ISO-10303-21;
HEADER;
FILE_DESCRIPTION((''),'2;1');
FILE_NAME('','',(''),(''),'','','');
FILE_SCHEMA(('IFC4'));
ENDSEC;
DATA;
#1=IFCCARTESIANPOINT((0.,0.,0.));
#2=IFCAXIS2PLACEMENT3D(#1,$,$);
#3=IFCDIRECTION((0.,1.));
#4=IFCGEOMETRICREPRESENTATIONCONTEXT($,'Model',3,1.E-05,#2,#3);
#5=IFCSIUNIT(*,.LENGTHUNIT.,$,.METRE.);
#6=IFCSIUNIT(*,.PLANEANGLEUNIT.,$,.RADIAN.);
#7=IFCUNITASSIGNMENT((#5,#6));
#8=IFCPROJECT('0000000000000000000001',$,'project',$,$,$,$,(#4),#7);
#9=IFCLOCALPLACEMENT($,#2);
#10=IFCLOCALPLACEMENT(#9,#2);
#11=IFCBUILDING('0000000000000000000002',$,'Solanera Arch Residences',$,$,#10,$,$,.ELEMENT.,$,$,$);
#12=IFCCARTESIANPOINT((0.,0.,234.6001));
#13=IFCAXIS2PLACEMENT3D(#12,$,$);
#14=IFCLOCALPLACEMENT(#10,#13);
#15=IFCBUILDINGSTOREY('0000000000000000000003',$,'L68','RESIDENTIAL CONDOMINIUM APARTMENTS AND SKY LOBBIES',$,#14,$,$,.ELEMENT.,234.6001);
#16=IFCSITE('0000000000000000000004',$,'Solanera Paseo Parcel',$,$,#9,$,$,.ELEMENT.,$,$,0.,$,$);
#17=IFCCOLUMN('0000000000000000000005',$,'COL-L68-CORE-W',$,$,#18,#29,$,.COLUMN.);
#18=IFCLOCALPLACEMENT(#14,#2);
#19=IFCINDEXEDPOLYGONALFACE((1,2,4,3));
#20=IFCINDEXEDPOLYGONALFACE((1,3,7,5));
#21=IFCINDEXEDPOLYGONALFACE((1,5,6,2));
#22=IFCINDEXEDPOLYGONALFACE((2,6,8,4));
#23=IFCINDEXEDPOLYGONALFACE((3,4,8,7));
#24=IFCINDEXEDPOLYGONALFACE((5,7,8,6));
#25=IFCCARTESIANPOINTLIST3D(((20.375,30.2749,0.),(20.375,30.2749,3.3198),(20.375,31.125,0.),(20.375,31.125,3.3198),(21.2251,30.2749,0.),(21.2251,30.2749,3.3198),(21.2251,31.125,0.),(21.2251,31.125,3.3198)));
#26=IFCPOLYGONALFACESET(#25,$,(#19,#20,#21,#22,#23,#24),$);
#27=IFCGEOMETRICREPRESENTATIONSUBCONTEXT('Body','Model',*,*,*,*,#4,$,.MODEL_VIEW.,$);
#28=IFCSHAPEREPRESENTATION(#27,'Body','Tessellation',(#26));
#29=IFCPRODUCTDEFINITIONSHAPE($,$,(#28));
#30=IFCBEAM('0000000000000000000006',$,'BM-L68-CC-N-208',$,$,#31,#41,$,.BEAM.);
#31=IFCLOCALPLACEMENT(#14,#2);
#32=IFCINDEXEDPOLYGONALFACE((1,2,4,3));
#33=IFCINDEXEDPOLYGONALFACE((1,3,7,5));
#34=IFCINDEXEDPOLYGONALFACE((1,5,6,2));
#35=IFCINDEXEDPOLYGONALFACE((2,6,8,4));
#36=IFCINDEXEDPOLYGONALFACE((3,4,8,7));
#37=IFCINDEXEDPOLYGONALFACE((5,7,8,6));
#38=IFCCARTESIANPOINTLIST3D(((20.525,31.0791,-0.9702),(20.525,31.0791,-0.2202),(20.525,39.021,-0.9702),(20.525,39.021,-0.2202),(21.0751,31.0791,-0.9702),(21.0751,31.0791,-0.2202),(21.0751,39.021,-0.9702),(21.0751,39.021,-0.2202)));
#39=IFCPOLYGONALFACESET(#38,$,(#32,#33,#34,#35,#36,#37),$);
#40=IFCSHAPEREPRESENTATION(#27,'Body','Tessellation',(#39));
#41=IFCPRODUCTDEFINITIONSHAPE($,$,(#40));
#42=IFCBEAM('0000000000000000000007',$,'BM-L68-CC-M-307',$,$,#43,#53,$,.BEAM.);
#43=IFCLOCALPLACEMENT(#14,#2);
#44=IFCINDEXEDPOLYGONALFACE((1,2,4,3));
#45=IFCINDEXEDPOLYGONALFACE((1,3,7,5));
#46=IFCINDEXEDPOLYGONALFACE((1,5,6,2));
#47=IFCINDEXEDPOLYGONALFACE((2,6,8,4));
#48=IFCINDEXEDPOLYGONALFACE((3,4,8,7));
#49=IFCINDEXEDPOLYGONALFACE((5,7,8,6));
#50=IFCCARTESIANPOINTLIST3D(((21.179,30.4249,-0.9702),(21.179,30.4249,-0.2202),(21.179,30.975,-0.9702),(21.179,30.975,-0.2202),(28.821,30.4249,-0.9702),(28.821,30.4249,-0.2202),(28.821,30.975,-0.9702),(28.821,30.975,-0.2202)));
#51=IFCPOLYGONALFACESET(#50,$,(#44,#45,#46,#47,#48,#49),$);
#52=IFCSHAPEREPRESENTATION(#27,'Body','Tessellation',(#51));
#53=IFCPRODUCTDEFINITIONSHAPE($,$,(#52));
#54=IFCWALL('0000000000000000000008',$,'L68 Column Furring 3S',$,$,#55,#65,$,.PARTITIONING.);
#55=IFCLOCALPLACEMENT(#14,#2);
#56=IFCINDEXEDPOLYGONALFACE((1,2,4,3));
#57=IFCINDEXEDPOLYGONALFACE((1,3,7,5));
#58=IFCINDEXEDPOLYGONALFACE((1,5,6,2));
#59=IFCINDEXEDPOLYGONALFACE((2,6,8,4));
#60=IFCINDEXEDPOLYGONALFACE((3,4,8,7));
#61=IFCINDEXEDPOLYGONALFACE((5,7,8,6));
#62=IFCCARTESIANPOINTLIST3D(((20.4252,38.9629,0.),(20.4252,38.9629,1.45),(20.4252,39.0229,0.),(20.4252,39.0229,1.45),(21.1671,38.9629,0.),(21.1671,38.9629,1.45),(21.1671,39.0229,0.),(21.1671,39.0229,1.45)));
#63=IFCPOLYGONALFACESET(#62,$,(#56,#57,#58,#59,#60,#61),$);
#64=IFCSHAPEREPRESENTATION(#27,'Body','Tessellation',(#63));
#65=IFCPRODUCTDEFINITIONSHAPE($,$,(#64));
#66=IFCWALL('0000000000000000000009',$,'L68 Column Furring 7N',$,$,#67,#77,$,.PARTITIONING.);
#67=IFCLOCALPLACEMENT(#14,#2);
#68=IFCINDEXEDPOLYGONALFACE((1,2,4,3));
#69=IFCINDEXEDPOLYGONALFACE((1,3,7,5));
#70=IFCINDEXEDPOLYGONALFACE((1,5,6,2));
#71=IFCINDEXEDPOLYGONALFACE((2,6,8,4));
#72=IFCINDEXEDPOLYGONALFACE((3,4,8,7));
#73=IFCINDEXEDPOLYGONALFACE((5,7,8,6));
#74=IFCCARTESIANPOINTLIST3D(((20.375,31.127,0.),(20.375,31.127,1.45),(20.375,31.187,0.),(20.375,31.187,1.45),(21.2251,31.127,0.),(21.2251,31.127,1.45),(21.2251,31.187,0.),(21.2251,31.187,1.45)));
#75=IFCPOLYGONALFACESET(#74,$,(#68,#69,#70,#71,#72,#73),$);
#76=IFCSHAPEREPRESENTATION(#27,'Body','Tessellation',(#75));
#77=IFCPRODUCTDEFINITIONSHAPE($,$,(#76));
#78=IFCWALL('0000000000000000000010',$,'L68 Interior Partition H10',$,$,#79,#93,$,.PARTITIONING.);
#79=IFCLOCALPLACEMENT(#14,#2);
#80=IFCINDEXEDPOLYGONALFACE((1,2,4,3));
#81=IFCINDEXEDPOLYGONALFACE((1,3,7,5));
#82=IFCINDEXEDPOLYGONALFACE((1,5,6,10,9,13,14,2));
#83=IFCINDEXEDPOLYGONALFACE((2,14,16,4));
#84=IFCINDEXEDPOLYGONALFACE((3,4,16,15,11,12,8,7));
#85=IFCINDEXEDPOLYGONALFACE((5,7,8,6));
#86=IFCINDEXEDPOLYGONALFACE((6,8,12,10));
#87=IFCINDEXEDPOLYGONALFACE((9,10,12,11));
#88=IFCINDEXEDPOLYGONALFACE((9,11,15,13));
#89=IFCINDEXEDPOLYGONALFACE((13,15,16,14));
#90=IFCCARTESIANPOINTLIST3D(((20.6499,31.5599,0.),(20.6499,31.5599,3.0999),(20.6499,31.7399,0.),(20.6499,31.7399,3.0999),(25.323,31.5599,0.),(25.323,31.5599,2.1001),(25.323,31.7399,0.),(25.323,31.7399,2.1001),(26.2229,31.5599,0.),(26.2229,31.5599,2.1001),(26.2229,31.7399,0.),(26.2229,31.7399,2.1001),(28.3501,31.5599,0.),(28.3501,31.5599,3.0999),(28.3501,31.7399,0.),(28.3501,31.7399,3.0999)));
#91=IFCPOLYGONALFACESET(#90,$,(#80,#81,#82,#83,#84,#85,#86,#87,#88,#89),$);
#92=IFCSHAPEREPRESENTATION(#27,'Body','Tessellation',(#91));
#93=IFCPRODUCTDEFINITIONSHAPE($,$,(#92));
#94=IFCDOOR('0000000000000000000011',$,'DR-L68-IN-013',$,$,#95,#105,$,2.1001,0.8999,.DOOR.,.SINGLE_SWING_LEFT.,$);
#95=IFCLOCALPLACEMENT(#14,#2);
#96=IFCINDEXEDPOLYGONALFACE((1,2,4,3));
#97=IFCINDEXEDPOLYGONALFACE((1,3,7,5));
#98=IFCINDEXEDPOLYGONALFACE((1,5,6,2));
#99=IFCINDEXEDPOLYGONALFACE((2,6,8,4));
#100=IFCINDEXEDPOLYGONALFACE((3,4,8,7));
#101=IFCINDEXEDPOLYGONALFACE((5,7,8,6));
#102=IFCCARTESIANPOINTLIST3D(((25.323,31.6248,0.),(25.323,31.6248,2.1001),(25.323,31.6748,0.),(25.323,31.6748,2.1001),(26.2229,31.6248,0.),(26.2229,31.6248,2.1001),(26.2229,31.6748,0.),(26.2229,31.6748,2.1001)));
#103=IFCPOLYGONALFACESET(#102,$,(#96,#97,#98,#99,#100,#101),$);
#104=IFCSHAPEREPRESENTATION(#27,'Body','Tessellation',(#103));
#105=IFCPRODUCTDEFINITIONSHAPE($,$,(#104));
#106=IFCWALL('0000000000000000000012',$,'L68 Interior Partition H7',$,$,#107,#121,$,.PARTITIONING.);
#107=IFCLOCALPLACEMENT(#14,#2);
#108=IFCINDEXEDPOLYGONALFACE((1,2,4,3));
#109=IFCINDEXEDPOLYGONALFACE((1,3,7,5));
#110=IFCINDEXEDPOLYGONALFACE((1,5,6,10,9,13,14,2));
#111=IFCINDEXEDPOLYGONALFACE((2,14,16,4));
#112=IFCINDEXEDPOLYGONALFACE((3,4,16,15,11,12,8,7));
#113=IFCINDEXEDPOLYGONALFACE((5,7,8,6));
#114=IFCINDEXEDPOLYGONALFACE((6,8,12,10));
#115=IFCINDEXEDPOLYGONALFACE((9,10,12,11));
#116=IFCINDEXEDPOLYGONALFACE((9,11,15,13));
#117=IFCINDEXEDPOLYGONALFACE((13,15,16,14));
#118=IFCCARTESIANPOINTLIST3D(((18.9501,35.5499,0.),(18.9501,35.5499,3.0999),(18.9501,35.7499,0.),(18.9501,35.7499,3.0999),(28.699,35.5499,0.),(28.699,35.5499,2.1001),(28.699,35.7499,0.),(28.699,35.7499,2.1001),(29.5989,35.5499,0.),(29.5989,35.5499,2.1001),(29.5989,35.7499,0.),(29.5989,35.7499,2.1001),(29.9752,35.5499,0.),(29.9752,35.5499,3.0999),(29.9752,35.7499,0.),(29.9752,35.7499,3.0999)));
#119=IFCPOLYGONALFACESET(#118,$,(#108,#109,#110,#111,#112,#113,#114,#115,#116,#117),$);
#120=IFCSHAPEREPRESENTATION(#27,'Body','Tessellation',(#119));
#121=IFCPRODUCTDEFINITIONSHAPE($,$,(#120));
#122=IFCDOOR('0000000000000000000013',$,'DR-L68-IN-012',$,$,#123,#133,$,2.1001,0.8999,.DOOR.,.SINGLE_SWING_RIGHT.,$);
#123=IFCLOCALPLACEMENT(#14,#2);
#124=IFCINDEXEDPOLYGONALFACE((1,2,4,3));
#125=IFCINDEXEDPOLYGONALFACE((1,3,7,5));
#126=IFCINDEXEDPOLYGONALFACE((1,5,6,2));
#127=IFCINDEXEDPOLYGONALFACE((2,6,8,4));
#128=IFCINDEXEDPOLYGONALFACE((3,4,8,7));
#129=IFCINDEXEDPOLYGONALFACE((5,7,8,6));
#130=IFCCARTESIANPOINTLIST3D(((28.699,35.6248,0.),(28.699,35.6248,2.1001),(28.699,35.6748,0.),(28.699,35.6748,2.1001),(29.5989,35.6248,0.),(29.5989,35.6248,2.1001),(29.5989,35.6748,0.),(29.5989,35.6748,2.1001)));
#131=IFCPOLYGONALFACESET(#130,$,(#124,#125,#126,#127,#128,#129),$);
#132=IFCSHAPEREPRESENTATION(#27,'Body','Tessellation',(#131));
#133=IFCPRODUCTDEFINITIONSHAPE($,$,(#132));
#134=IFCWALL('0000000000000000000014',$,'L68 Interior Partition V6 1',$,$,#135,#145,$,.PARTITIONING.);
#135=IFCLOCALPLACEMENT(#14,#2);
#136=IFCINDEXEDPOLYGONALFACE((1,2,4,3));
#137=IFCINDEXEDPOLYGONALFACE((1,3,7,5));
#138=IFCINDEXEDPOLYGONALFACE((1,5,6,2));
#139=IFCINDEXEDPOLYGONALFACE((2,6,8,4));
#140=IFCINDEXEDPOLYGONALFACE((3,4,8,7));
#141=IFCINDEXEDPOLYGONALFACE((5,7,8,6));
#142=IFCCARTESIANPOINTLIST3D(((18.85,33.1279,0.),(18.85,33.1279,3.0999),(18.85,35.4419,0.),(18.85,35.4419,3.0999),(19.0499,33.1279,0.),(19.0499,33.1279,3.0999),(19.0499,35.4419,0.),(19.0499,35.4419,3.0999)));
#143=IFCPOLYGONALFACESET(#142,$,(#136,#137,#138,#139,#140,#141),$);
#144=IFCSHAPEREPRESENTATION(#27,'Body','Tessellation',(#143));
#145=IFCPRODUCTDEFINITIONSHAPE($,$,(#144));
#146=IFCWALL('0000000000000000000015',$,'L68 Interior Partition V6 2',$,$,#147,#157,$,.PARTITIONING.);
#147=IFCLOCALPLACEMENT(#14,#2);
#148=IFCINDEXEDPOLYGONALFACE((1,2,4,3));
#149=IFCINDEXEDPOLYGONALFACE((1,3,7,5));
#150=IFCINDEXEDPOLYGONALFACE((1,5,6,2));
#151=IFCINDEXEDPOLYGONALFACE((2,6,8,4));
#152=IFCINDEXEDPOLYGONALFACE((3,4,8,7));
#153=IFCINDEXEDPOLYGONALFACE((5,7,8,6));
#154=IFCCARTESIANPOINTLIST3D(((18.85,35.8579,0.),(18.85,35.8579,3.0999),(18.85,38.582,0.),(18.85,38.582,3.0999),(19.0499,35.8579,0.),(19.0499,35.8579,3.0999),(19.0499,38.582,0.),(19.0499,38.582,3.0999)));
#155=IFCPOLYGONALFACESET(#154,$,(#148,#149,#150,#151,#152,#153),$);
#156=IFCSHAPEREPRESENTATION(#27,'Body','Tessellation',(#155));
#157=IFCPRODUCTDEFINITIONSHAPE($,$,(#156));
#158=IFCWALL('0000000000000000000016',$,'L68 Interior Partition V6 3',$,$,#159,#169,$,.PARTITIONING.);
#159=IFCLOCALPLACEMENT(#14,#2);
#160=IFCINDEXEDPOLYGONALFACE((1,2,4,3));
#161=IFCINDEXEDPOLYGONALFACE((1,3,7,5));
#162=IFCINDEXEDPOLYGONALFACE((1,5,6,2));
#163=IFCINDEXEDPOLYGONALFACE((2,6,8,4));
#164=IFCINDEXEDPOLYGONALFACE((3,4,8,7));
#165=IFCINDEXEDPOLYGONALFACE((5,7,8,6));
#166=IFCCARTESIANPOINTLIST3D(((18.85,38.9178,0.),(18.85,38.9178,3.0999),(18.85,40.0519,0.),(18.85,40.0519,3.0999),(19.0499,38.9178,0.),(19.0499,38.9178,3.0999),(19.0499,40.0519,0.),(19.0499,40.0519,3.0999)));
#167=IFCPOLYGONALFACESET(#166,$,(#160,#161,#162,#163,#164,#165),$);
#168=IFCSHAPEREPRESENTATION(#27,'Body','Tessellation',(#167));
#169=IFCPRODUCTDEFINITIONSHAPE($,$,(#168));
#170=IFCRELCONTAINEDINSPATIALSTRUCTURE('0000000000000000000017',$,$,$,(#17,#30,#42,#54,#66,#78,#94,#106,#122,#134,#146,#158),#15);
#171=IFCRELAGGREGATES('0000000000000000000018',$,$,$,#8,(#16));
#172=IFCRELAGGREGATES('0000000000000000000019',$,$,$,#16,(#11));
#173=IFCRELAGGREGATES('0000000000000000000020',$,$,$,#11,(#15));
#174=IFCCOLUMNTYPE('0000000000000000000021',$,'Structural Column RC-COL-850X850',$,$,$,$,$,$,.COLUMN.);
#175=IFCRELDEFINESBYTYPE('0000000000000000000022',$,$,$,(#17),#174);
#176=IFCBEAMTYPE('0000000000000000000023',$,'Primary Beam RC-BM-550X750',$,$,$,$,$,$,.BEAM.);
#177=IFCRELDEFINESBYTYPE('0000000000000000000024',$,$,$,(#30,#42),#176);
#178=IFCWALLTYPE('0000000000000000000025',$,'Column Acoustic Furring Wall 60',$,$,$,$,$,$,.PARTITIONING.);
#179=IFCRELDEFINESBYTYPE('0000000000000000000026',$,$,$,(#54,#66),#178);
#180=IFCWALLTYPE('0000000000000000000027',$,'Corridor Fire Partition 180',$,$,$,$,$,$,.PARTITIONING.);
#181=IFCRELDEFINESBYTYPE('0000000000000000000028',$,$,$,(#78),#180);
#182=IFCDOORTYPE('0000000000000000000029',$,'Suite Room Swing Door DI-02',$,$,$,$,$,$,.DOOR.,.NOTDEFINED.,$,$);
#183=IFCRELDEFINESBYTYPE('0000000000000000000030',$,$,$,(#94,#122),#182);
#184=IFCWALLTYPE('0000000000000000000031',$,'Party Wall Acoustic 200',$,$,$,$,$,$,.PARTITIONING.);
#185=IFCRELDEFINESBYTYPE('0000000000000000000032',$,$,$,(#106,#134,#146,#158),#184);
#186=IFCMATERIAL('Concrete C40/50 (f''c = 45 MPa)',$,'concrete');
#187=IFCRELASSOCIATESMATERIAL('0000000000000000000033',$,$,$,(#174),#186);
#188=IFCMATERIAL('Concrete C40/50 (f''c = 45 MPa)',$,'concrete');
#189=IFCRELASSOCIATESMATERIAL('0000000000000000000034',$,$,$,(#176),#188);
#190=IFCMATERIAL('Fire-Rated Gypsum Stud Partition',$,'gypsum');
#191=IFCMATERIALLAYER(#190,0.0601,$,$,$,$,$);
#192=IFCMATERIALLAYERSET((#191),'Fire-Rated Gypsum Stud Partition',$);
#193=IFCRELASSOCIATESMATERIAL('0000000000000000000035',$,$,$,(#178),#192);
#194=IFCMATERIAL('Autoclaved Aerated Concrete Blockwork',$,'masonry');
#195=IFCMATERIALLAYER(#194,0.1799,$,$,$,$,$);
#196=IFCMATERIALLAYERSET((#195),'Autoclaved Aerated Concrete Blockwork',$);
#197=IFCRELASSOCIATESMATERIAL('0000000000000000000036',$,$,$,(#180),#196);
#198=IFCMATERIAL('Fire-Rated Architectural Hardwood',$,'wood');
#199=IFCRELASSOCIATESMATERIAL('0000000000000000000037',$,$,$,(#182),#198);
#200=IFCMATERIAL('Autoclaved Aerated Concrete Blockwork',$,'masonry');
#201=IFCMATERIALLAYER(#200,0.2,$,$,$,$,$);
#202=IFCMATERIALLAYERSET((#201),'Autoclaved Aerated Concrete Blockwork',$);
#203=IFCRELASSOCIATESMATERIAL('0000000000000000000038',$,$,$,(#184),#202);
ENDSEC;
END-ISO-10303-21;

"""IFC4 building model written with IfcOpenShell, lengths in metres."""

from ifc_helpers import new_model, si_unit, direction, frame, frame_2d, origin, origin_2d, place, context, subcontext, project, spatial, rectangle, extrude, material, layer, layer_set, material_profile, profile_set, type_object, element, fill, save


model = new_model("IFC4")

# Units and contexts
model_context = context("Model", 3, precision=1e-05, world=origin(), true_north=direction((0.0, 1.0)))
body_context = subcontext(model_context, "Body", "Model", "MODEL_VIEW")
ifc_project = project(units=[si_unit("LENGTHUNIT", "METRE"), si_unit("PLANEANGLEUNIT", "RADIAN")], contexts=[model_context])

# Site, building, storey
site_placement = place(None, origin())
site = spatial("IfcSite", under=ifc_project, at=site_placement, Name="Solanera Paseo Parcel", CompositionType="ELEMENT", RefElevation=0.0)
building_placement = place(site_placement, origin())
building = spatial("IfcBuilding", under=site, at=building_placement, Name="Solanera Arch Residences", CompositionType="ELEMENT")
storey_placement = place(building_placement, frame((0.0, 0.0, 234.6001)))
storey = spatial("IfcBuildingStorey", under=building, at=storey_placement, Name="L68", Description="RESIDENTIAL CONDOMINIUM APARTMENTS AND SKY LOBBIES", CompositionType="ELEMENT", Elevation=234.6001)

# Column
ifc_material_1 = material(Name="Concrete C40/50 (f'c = 45 MPa)", Category="concrete")
ifc_material_profile_1 = material_profile(ifc_material_1, rectangle(XDim=0.8501, YDim=0.8501, at=origin_2d()))
ifc_profile_set_1 = profile_set([ifc_material_profile_1], Name="Concrete C40/50 (f'c = 45 MPa)")
column_type = type_object("IfcColumnType", Name="Structural Column RC-COL-850X850", PredefinedType="COLUMN", material=ifc_profile_set_1)
column_placement = place(storey_placement, frame((20.8, 30.7, 0.0), z_axis=(0.0, 0.0, 1.0), x_axis=(1.0, 0.0, 0.0)))
element("IfcColumn", 1, at=column_placement, inside=storey, type_object=column_type, Name="COL-L68-CORE-W", PredefinedType="COLUMN", context=body_context, shape_type="SweptSolid", body=[
    extrude(rectangle(XDim=0.8501, YDim=0.8501, at=origin_2d()), origin(), (0.0, 0.0, 1.0), 3.3198),
])

# Beams
ifc_material_2 = material(Name="Concrete C40/50 (f'c = 45 MPa)", Category="concrete")
ifc_material_profile_2 = material_profile(ifc_material_2, rectangle(XDim=0.55, YDim=0.75, at=origin_2d()))
ifc_profile_set_2 = profile_set([ifc_material_profile_2], Name="Concrete C40/50 (f'c = 45 MPa)")
beam_type = type_object("IfcBeamType", Name="Primary Beam RC-BM-550X750", PredefinedType="BEAM", material=ifc_profile_set_2)
beam_1_placement = place(storey_placement, frame((20.8, 31.0791, -0.5952), z_axis=(0.0, 1.0, 0.0), x_axis=(-1.0, 0.0, 0.0)))
element("IfcBeam", 2, at=beam_1_placement, inside=storey, type_object=beam_type, Name="BM-L68-CC-N-208", PredefinedType="BEAM", context=body_context, shape_type="SweptSolid", body=[
    extrude(rectangle(XDim=0.55, YDim=0.75, at=origin_2d()), origin(), (0.0, 0.0, 1.0), 7.9419),
])
beam_2_placement = place(storey_placement, frame((21.179, 30.7, -0.5952), z_axis=(1.0, 0.0, 0.0), x_axis=(0.0, 1.0, 0.0)))
element("IfcBeam", 3, at=beam_2_placement, inside=storey, type_object=beam_type, Name="BM-L68-CC-M-307", PredefinedType="BEAM", context=body_context, shape_type="SweptSolid", body=[
    extrude(rectangle(XDim=0.55, YDim=0.75, at=origin_2d()), origin(), (0.0, 0.0, 1.0), 7.6421),
])

# Walls
ifc_material_3 = material(Name="Fire-Rated Gypsum Stud Partition", Category="gypsum")
ifc_layer_1 = layer(ifc_material_3, 0.0601)
ifc_layer_set_1 = layer_set([ifc_layer_1], Name="Fire-Rated Gypsum Stud Partition")
wall_type_1 = type_object("IfcWallType", Name="Column Acoustic Furring Wall 60", PredefinedType="PARTITIONING", material=ifc_layer_set_1)
wall_1_placement = place(storey_placement, frame((20.425, 38.9929, 0.0), z_axis=(0.0, 0.0, 1.0), x_axis=(1.0, 0.0, 0.0)))
element("IfcWall", 4, at=wall_1_placement, inside=storey, type_object=wall_type_1, Name="L68 Column Furring 3S", PredefinedType="PARTITIONING", context=body_context, shape_type="SweptSolid", body=[
    extrude(rectangle(XDim=0.7419, YDim=0.0601, at=frame_2d((0.3711, 0.0))), origin(), (0.0, 0.0, 1.0), 1.45),
])
wall_2_placement = place(storey_placement, frame((20.375, 31.157, 0.0), z_axis=(0.0, 0.0, 1.0), x_axis=(1.0, 0.0, 0.0)))
element("IfcWall", 5, at=wall_2_placement, inside=storey, type_object=wall_type_1, Name="L68 Column Furring 7N", PredefinedType="PARTITIONING", context=body_context, shape_type="SweptSolid", body=[
    extrude(rectangle(XDim=0.8501, YDim=0.0601, at=frame_2d((0.425, 0.0))), origin(), (0.0, 0.0, 1.0), 1.45),
])

# Walls, openings, doors
ifc_material_4 = material(Name="Autoclaved Aerated Concrete Blockwork", Category="masonry")
ifc_layer_2 = layer(ifc_material_4, 0.1799)
ifc_layer_set_2 = layer_set([ifc_layer_2], Name="Autoclaved Aerated Concrete Blockwork")
wall_type_2 = type_object("IfcWallType", Name="Corridor Fire Partition 180", PredefinedType="PARTITIONING", material=ifc_layer_set_2)
wall_3_placement = place(storey_placement, frame((20.6499, 31.6499, 0.0), z_axis=(0.0, 0.0, 1.0), x_axis=(1.0, 0.0, 0.0)))
wall_3 = element("IfcWall", 6, at=wall_3_placement, inside=storey, type_object=wall_type_2, Name="L68 Interior Partition H10", PredefinedType="PARTITIONING", context=body_context, shape_type="SweptSolid", body=[
    extrude(rectangle(XDim=7.7002, YDim=0.1799, at=frame_2d((3.8501, 0.0))), origin(), (0.0, 0.0, 1.0), 3.0999),
])
opening_1_placement = place(wall_3_placement, frame((4.6731, 0.0, 0.0)))
opening_1 = element("IfcOpeningElement", 7, at=opening_1_placement, cuts=wall_3, PredefinedType="OPENING", context=body_context, shape_type="SweptSolid", body=[
    extrude(rectangle(XDim=0.8999, YDim=2.1001, at=frame_2d((0.45, 1.05))), frame((0.0, 0.1001, 0.0), z_axis=(0.0, -1.0, 0.0), x_axis=(1.0, 0.0, 0.0)), (0.0, 0.0, 1.0), 0.1999),
])
ifc_material_5 = material(Name="Fire-Rated Architectural Hardwood", Category="wood")
door_type_1 = type_object("IfcDoorType", Name="Suite Room Swing Door DI-02", OperationType="NOTDEFINED", PredefinedType="DOOR", material=ifc_material_5)
door_1_placement = place(opening_1_placement, origin())
door_1 = element("IfcDoor", 8, at=door_1_placement, inside=storey, type_object=door_type_1, Name="DR-L68-IN-013", OperationType="SINGLE_SWING_LEFT", OverallHeight=2.1001, OverallWidth=0.8999, PredefinedType="DOOR", context=body_context, shape_type="SweptSolid", body=[
    extrude(rectangle(XDim=0.8999, YDim=2.1001, at=frame_2d((0.45, 1.05))), frame((0.0, 0.0249, 0.0), z_axis=(0.0, -1.0, 0.0), x_axis=(1.0, 0.0, 0.0)), (0.0, 0.0, 1.0), 0.05),
])
fill(opening_1, door_1)
ifc_material_6 = material(Name="Autoclaved Aerated Concrete Blockwork", Category="masonry")
ifc_layer_3 = layer(ifc_material_6, 0.2)
ifc_layer_set_3 = layer_set([ifc_layer_3], Name="Autoclaved Aerated Concrete Blockwork")
wall_type_3 = type_object("IfcWallType", Name="Party Wall Acoustic 200", PredefinedType="PARTITIONING", material=ifc_layer_set_3)
wall_4_placement = place(storey_placement, frame((18.95, 35.6499, 0.0), z_axis=(0.0, 0.0, 1.0), x_axis=(1.0, 0.0, 0.0)))
wall_4 = element("IfcWall", 9, at=wall_4_placement, inside=storey, type_object=wall_type_3, Name="L68 Interior Partition H7", PredefinedType="PARTITIONING", context=body_context, shape_type="SweptSolid", body=[
    extrude(rectangle(XDim=11.0251, YDim=0.2, at=frame_2d((5.5127, 0.0))), origin(), (0.0, 0.0, 1.0), 3.0999),
])
opening_2_placement = place(wall_4_placement, frame((9.749, 0.0, 0.0)))
opening_2 = element("IfcOpeningElement", 10, at=opening_2_placement, cuts=wall_4, PredefinedType="OPENING", context=body_context, shape_type="SweptSolid", body=[
    extrude(rectangle(XDim=0.8999, YDim=2.1001, at=frame_2d((0.45, 1.05))), frame((0.0, 0.1101, 0.0), z_axis=(0.0, -1.0, 0.0), x_axis=(1.0, 0.0, 0.0)), (0.0, 0.0, 1.0), 0.22),
])
door_2_placement = place(opening_2_placement, origin())
door_2 = element("IfcDoor", 11, at=door_2_placement, inside=storey, type_object=door_type_1, Name="DR-L68-IN-012", OperationType="SINGLE_SWING_RIGHT", OverallHeight=2.1001, OverallWidth=0.8999, PredefinedType="DOOR", context=body_context, shape_type="SweptSolid", body=[
    extrude(rectangle(XDim=0.8999, YDim=2.1001, at=frame_2d((0.45, 1.05))), frame((0.0, 0.0249, 0.0), z_axis=(0.0, -1.0, 0.0), x_axis=(1.0, 0.0, 0.0)), (0.0, 0.0, 1.0), 0.05),
])
fill(opening_2, door_2)

# Walls
wall_5_placement = place(storey_placement, frame((18.95, 33.1279, 0.0), z_axis=(0.0, 0.0, 1.0), x_axis=(0.0, 1.0, 0.0)))
element("IfcWall", 12, at=wall_5_placement, inside=storey, type_object=wall_type_3, Name="L68 Interior Partition V6 1", PredefinedType="PARTITIONING", context=body_context, shape_type="SweptSolid", body=[
    extrude(rectangle(XDim=2.314, YDim=0.2, at=frame_2d((1.157, 0.0))), origin(), (0.0, 0.0, 1.0), 3.0999),
])
wall_6_placement = place(storey_placement, frame((18.95, 35.8579, 0.0), z_axis=(0.0, 0.0, 1.0), x_axis=(0.0, 1.0, 0.0)))
element("IfcWall", 13, at=wall_6_placement, inside=storey, type_object=wall_type_3, Name="L68 Interior Partition V6 2", PredefinedType="PARTITIONING", context=body_context, shape_type="SweptSolid", body=[
    extrude(rectangle(XDim=2.7241, YDim=0.2, at=frame_2d((1.3621, 0.0))), origin(), (0.0, 0.0, 1.0), 3.0999),
])
wall_7_placement = place(storey_placement, frame((18.95, 38.918, 0.0), z_axis=(0.0, 0.0, 1.0), x_axis=(0.0, 1.0, 0.0)))
element("IfcWall", 14, at=wall_7_placement, inside=storey, type_object=wall_type_3, Name="L68 Interior Partition V6 3", PredefinedType="PARTITIONING", context=body_context, shape_type="SweptSolid", body=[
    extrude(rectangle(XDim=1.134, YDim=0.2, at=frame_2d((0.5669, 0.0))), origin(), (0.0, 0.0, 1.0), 3.0999),
])

save(model, "model.ifc")
